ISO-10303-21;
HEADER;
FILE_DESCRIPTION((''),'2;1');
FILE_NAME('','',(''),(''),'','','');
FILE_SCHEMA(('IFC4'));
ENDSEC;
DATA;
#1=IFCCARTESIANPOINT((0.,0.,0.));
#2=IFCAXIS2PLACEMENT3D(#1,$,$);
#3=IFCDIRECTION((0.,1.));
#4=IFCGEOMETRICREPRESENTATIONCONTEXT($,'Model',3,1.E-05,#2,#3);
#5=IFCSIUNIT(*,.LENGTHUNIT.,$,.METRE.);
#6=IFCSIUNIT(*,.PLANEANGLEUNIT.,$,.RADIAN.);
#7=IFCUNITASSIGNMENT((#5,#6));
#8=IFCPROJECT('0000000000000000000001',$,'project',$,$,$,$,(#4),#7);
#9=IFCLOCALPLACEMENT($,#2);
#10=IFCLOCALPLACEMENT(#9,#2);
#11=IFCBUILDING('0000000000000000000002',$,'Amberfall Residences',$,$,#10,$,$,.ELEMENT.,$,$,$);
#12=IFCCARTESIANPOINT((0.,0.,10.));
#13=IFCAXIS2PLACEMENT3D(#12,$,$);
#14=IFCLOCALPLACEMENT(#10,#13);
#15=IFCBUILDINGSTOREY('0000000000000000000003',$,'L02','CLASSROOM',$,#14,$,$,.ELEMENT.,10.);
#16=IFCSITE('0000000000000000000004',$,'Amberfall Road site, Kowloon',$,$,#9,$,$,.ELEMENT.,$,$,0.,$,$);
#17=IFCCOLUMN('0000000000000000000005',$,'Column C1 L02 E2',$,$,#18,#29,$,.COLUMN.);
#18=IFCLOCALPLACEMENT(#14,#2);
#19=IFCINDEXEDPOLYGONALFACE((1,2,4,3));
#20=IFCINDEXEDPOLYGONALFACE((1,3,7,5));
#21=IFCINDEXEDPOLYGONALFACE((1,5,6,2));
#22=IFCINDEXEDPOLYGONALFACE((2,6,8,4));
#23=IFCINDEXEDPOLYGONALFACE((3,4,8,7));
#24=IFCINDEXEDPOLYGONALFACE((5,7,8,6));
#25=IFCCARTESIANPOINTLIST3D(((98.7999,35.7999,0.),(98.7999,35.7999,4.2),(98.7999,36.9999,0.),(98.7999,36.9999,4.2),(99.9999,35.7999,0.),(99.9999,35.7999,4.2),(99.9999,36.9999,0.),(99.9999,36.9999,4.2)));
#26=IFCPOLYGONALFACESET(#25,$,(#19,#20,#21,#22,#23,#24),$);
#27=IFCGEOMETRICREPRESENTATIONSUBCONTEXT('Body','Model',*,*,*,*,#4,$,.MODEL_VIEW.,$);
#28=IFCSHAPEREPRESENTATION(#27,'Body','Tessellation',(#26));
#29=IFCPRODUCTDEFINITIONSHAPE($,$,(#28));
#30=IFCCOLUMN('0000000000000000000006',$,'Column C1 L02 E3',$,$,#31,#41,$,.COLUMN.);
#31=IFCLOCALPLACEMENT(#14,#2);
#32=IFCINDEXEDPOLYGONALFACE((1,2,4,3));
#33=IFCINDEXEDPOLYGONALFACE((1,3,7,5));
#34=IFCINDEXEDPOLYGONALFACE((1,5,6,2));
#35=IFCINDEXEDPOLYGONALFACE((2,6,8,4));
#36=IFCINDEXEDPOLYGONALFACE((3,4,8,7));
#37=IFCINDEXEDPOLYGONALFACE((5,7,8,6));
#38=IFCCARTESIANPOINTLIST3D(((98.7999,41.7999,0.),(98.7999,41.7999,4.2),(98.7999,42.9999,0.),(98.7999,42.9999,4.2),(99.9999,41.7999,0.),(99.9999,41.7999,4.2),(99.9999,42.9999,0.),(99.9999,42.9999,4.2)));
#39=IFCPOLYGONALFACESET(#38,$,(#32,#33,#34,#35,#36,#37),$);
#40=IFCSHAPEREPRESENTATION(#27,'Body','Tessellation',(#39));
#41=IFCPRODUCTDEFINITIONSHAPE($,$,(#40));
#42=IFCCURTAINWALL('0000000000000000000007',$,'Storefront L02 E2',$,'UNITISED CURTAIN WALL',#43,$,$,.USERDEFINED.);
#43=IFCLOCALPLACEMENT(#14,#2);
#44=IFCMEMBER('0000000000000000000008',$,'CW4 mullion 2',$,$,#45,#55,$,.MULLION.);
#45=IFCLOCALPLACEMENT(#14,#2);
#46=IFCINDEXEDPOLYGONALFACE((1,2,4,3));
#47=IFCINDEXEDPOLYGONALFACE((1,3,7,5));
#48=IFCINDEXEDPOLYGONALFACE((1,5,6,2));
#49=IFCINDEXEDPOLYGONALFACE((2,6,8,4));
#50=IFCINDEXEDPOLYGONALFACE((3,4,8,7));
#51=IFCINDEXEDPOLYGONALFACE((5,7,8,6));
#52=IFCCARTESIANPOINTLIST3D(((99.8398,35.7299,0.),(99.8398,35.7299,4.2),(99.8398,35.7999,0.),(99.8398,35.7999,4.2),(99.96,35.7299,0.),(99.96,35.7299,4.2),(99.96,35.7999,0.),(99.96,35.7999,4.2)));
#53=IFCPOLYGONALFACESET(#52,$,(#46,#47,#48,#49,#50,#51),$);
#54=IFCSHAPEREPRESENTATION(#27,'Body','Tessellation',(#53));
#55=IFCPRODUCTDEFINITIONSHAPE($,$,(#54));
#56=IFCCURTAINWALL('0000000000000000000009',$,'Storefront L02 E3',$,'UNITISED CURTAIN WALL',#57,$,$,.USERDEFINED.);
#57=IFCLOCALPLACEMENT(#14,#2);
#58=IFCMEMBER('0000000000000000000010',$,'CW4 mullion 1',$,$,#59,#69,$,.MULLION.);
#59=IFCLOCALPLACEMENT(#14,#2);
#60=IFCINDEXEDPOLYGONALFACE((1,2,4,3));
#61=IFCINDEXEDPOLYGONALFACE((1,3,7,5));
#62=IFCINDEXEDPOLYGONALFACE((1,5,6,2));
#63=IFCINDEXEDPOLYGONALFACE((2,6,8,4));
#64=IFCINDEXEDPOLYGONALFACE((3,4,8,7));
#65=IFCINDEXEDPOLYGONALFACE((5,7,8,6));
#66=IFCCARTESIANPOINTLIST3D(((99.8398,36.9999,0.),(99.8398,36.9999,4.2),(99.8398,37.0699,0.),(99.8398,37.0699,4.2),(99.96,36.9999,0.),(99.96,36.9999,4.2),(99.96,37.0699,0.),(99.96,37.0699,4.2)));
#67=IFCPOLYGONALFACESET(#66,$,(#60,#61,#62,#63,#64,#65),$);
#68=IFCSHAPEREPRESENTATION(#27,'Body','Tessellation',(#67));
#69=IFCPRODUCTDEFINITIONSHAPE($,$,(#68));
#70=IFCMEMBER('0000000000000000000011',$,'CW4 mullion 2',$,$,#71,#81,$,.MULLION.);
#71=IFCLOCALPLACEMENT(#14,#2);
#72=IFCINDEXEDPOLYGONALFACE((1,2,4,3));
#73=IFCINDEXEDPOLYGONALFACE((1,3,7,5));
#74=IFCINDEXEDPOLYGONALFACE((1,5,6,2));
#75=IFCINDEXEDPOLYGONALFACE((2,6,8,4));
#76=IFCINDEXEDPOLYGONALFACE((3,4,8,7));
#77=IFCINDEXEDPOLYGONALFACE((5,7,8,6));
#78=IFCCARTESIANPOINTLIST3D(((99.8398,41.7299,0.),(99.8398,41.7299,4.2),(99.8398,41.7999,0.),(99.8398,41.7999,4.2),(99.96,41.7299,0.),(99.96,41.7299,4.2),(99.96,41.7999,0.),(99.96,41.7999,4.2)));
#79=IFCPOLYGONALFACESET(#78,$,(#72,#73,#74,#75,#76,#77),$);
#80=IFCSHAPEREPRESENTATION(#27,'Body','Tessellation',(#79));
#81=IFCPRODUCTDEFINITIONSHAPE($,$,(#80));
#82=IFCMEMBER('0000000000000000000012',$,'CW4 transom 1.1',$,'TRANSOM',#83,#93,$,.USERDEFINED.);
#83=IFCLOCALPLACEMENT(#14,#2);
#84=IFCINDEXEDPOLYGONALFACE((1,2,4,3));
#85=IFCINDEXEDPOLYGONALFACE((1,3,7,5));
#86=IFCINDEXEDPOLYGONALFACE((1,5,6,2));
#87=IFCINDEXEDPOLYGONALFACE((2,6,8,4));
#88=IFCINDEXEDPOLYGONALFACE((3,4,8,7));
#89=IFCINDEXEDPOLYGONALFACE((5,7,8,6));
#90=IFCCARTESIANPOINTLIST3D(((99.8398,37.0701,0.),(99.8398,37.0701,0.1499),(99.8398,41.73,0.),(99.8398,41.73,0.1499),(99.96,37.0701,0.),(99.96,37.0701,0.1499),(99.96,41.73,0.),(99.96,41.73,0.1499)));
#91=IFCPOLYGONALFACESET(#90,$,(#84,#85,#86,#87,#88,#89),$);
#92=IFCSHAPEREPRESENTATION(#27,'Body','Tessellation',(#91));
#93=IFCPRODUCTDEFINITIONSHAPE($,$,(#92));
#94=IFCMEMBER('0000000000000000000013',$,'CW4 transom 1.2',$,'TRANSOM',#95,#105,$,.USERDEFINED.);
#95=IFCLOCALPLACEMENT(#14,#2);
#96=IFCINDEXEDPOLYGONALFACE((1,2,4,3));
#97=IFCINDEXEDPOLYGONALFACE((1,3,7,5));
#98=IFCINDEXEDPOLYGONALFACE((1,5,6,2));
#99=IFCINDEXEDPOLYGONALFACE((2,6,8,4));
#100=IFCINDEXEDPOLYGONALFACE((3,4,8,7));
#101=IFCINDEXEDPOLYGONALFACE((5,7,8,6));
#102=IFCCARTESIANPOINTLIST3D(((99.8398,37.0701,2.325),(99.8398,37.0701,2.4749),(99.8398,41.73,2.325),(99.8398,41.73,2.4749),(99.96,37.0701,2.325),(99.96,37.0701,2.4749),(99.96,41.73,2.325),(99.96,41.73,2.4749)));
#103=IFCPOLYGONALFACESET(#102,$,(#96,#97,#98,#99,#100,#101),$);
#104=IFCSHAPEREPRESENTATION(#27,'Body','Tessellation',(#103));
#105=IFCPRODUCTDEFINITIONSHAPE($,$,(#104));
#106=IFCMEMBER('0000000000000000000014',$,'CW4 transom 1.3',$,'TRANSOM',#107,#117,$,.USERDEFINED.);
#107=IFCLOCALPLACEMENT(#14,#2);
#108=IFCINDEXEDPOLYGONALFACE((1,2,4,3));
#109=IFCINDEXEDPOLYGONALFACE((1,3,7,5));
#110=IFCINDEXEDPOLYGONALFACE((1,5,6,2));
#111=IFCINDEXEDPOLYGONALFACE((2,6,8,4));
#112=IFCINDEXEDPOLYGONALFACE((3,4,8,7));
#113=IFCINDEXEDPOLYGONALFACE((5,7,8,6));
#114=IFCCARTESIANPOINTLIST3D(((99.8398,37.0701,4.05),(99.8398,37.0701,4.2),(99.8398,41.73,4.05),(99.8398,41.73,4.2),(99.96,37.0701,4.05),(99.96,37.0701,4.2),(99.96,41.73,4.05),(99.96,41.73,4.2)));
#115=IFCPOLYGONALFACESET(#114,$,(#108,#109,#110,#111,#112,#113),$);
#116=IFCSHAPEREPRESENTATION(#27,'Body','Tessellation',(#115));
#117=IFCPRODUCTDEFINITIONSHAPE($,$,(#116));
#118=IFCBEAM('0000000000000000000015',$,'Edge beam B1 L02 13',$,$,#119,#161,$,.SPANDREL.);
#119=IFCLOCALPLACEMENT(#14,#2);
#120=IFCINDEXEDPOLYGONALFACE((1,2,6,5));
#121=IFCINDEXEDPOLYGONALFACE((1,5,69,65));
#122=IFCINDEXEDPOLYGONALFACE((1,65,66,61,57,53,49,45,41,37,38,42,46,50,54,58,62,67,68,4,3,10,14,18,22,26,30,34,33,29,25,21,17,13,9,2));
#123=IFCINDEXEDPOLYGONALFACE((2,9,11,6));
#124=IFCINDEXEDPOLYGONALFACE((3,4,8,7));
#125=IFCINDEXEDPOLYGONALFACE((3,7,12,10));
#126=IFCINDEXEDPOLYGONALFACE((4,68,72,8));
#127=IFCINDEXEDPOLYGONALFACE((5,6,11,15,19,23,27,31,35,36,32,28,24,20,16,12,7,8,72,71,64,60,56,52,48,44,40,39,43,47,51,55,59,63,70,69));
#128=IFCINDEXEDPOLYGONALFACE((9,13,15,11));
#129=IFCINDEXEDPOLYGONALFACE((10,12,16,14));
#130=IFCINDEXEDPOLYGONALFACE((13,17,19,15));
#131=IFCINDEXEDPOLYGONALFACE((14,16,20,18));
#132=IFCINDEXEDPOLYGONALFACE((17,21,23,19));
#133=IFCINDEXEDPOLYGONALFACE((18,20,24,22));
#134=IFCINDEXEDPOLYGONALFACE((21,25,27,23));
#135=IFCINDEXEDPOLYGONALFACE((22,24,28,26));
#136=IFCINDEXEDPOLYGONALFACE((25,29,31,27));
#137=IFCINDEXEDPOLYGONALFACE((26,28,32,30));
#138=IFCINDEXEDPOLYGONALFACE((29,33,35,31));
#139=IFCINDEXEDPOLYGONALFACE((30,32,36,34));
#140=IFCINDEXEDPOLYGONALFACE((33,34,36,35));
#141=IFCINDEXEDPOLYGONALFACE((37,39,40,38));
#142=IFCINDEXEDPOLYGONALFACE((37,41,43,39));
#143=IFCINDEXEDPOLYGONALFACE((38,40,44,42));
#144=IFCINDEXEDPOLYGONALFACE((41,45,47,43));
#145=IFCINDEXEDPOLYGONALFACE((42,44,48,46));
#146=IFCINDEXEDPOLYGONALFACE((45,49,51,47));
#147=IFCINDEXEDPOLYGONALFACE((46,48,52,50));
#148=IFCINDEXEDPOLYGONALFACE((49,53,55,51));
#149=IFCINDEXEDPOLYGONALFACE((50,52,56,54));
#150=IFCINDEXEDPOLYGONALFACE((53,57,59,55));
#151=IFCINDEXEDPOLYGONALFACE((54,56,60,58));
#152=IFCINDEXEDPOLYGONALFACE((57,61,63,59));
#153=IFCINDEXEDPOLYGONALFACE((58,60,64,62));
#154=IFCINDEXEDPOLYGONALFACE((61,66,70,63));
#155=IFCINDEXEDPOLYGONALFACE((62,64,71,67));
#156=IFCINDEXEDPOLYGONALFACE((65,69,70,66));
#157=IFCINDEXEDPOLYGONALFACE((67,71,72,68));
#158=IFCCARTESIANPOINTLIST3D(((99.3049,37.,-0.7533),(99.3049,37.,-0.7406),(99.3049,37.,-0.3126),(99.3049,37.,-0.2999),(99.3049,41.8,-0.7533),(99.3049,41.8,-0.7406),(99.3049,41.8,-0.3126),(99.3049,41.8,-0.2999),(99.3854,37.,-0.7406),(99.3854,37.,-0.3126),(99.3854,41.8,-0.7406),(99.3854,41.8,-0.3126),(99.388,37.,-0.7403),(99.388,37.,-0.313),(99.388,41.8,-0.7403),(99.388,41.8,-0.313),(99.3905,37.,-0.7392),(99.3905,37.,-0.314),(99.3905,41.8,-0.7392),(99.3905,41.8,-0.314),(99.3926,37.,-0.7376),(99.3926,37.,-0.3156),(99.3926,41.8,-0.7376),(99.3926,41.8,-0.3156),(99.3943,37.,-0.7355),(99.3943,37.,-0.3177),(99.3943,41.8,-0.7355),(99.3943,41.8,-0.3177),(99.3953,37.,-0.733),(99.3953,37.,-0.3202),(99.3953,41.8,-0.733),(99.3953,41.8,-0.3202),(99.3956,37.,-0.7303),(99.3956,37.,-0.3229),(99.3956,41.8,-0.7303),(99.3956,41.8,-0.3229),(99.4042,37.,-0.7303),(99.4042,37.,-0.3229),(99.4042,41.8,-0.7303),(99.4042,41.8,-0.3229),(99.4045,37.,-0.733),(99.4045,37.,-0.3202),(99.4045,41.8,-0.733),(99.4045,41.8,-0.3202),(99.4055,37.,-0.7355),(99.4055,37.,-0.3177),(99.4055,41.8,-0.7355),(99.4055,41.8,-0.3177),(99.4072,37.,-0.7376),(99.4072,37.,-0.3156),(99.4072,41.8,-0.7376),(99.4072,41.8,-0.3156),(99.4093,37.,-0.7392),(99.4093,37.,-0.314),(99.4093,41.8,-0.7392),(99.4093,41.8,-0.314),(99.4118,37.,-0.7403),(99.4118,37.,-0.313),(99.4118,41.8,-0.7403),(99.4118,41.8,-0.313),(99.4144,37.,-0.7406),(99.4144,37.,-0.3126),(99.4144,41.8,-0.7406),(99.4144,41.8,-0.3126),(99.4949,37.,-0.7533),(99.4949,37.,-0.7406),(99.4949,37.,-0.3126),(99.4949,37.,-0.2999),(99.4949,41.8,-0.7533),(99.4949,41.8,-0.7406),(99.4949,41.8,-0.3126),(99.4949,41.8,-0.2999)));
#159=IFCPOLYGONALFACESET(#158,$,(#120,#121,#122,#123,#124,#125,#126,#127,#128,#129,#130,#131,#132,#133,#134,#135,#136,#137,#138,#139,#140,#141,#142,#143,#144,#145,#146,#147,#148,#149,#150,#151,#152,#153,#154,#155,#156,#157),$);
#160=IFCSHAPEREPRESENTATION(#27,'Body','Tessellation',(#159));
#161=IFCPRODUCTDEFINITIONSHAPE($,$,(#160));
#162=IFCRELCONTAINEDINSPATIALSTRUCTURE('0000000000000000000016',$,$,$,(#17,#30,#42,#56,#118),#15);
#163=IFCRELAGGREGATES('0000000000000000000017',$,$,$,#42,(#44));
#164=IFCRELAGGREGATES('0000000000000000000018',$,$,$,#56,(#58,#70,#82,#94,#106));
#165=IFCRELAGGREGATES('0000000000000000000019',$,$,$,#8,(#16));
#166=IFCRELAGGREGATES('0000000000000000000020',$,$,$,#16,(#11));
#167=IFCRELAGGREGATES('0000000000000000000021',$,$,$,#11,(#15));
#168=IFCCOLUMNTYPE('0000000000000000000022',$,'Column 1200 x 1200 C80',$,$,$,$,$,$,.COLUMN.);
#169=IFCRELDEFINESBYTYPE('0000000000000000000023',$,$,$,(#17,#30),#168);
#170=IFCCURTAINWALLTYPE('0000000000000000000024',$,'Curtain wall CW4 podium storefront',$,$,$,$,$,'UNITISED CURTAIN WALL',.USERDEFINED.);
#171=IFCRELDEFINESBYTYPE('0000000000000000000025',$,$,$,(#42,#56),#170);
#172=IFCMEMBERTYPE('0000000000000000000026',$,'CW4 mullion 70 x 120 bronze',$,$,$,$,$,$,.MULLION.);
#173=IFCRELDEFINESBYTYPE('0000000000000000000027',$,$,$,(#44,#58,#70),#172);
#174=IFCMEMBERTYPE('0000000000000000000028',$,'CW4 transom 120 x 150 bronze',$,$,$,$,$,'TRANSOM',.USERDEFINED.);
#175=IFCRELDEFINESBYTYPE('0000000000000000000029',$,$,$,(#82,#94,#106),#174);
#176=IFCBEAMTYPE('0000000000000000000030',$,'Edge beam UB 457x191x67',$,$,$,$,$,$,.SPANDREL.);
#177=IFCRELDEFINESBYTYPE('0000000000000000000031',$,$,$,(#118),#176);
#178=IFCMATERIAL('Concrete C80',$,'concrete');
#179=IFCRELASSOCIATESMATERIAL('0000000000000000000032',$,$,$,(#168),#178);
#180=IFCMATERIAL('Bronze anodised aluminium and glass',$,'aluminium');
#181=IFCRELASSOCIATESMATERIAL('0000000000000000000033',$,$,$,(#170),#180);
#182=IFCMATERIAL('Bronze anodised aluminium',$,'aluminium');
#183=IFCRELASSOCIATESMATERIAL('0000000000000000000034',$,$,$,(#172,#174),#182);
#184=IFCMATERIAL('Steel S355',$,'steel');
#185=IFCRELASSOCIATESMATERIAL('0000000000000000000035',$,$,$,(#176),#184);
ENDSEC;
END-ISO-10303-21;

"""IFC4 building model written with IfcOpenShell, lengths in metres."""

from ifc_helpers import new_model, si_unit, direction, frame, origin, origin_2d, place, context, subcontext, project, spatial, rectangle, i_section, extrude, material, material_profile, profile_set, type_object, element, aggregate, save


model = new_model("IFC4")

# Units and contexts
model_context = context("Model", 3, precision=1e-05, world=origin(), true_north=direction((0.0, 1.0)))
body_context = subcontext(model_context, "Body", "Model", "MODEL_VIEW")
ifc_project = project(units=[si_unit("LENGTHUNIT", "METRE"), si_unit("PLANEANGLEUNIT", "RADIAN")], contexts=[model_context])

# Site, building, storey
site_placement = place(None, origin())
site = spatial("IfcSite", under=ifc_project, at=site_placement, Name="Amberfall Road site, Kowloon", CompositionType="ELEMENT", RefElevation=0.0)
building_placement = place(site_placement, origin())
building = spatial("IfcBuilding", under=site, at=building_placement, Name="Amberfall Residences", CompositionType="ELEMENT")
storey_placement = place(building_placement, frame((0.0, 0.0, 10.0)))
storey = spatial("IfcBuildingStorey", under=building, at=storey_placement, Name="L02", Description="CLASSROOM", CompositionType="ELEMENT", Elevation=10.0)

# Columns
ifc_material_1 = material(Name="Concrete C80", Category="concrete")
ifc_material_profile_1 = material_profile(ifc_material_1, rectangle(XDim=1.2, YDim=1.2, at=origin_2d()), Name="Column 1200 x 1200 C80")
ifc_profile_set_1 = profile_set([ifc_material_profile_1], Name="Concrete C80")
column_type = type_object("IfcColumnType", Name="Column 1200 x 1200 C80", PredefinedType="COLUMN", material=ifc_profile_set_1)
for number, where, z_axis, x_axis, name in (
    (1, (99.3999, 36.3999, 0.0), (0.0, 0.0, 1.0), (1.0, 0.0, 0.0), "Column C1 L02 E2"),
    (2, (99.3999, 42.3999, 0.0), (0.0, 0.0, 1.0), (1.0, 0.0, 0.0), "Column C1 L02 E3"),
):
    element("IfcColumn", number, at=place(storey_placement, frame(where, z_axis=z_axis, x_axis=x_axis)), inside=storey, type_object=column_type, Name=name, PredefinedType="COLUMN", context=body_context, shape_type="SweptSolid", body=[
        extrude(rectangle(XDim=1.2, YDim=1.2, at=origin_2d()), origin(), (0.0, 0.0, 1.0), 4.2),
    ])

# Curtain wall, member
ifc_material_2 = material(Name="Bronze anodised aluminium and glass", Category="aluminium")
curtain_wall_type = type_object("IfcCurtainWallType", Name="Curtain wall CW4 podium storefront", ElementType="UNITISED CURTAIN WALL", PredefinedType="USERDEFINED", material=ifc_material_2)
curtain_wall_1_placement = place(storey_placement, origin())
curtain_wall_1 = element("IfcCurtainWall", 3, at=curtain_wall_1_placement, inside=storey, type_object=curtain_wall_type, Name="Storefront L02 E2", ObjectType="UNITISED CURTAIN WALL", PredefinedType="USERDEFINED")
ifc_material_3 = material(Name="Bronze anodised aluminium", Category="aluminium")
ifc_material_profile_2 = material_profile(ifc_material_3, rectangle(XDim=0.1201, YDim=0.0701, at=origin_2d()), Name="CW4 mullion 70 x 120 bronze")
ifc_profile_set_2 = profile_set([ifc_material_profile_2], Name="Bronze anodised aluminium")
member_type_1 = type_object("IfcMemberType", Name="CW4 mullion 70 x 120 bronze", PredefinedType="MULLION", material=ifc_profile_set_2)
member_1_placement = place(storey_placement, frame((99.8999, 35.7649, 0.0), z_axis=(0.0, 0.0, 1.0), x_axis=(-1.0, 0.0, 0.0)))
member_1 = element("IfcMember", 4, at=member_1_placement, type_object=member_type_1, Name="CW4 mullion 2", PredefinedType="MULLION", context=body_context, shape_type="SweptSolid", body=[
    extrude(rectangle(XDim=0.1201, YDim=0.0701, at=origin_2d()), origin(), (0.0, 0.0, 1.0), 4.2),
])

# Curtain wall, members
curtain_wall_2_placement = place(storey_placement, origin())
curtain_wall_2 = element("IfcCurtainWall", 5, at=curtain_wall_2_placement, inside=storey, type_object=curtain_wall_type, Name="Storefront L02 E3", ObjectType="UNITISED CURTAIN WALL", PredefinedType="USERDEFINED")
member_2_placement = place(storey_placement, frame((99.8999, 37.0349, 0.0), z_axis=(0.0, 0.0, 1.0), x_axis=(-1.0, 0.0, 0.0)))
member_2 = element("IfcMember", 6, at=member_2_placement, type_object=member_type_1, Name="CW4 mullion 1", PredefinedType="MULLION", context=body_context, shape_type="SweptSolid", body=[
    extrude(rectangle(XDim=0.1201, YDim=0.0701, at=origin_2d()), origin(), (0.0, 0.0, 1.0), 4.2),
])
member_3_placement = place(storey_placement, frame((99.8999, 41.7649, 0.0), z_axis=(0.0, 0.0, 1.0), x_axis=(-1.0, 0.0, 0.0)))
member_3 = element("IfcMember", 7, at=member_3_placement, type_object=member_type_1, Name="CW4 mullion 2", PredefinedType="MULLION", context=body_context, shape_type="SweptSolid", body=[
    extrude(rectangle(XDim=0.1201, YDim=0.0701, at=origin_2d()), origin(), (0.0, 0.0, 1.0), 4.2),
])
ifc_material_profile_3 = material_profile(ifc_material_3, rectangle(XDim=0.1201, YDim=0.1499, at=origin_2d()), Name="CW4 transom 120 x 150 bronze")
ifc_profile_set_3 = profile_set([ifc_material_profile_3], Name="Bronze anodised aluminium")
member_type_2 = type_object("IfcMemberType", Name="CW4 transom 120 x 150 bronze", ElementType="TRANSOM", PredefinedType="USERDEFINED", material=ifc_profile_set_3)
member_4_placement = place(storey_placement, frame((99.8999, 37.0701, 0.075), z_axis=(0.0, 1.0, 0.0), x_axis=(-1.0, 0.0, 0.0)))
member_4 = element("IfcMember", 8, at=member_4_placement, type_object=member_type_2, Name="CW4 transom 1.1", ObjectType="TRANSOM", PredefinedType="USERDEFINED", context=body_context, shape_type="SweptSolid", body=[
    extrude(rectangle(XDim=0.1201, YDim=0.1499, at=origin_2d()), origin(), (0.0, 0.0, 1.0), 4.6599),
])
member_5_placement = place(storey_placement, frame((99.8999, 37.0701, 2.3999), z_axis=(0.0, 1.0, 0.0), x_axis=(-1.0, 0.0, 0.0)))
member_5 = element("IfcMember", 9, at=member_5_placement, type_object=member_type_2, Name="CW4 transom 1.2", ObjectType="TRANSOM", PredefinedType="USERDEFINED", context=body_context, shape_type="SweptSolid", body=[
    extrude(rectangle(XDim=0.1201, YDim=0.1499, at=origin_2d()), origin(), (0.0, 0.0, 1.0), 4.6599),
])
member_6_placement = place(storey_placement, frame((99.8999, 37.0701, 4.125), z_axis=(0.0, 1.0, 0.0), x_axis=(-1.0, 0.0, 0.0)))
member_6 = element("IfcMember", 10, at=member_6_placement, type_object=member_type_2, Name="CW4 transom 1.3", ObjectType="TRANSOM", PredefinedType="USERDEFINED", context=body_context, shape_type="SweptSolid", body=[
    extrude(rectangle(XDim=0.1201, YDim=0.1499, at=origin_2d()), origin(), (0.0, 0.0, 1.0), 4.6599),
])

# Beam
ifc_material_4 = material(Name="Steel S355", Category="steel")
ifc_material_profile_4 = material_profile(ifc_material_4, i_section(OverallWidth=0.1899, OverallDepth=0.4534, WebThickness=0.0085, FlangeThickness=0.0127, FilletRadius=0.0103, at=origin_2d()), Name="UB 457x191x67")
ifc_profile_set_4 = profile_set([ifc_material_profile_4], Name="Steel S355")
beam_type_1 = type_object("IfcBeamType", Name="Edge beam UB 457x191x67", PredefinedType="SPANDREL", material=ifc_profile_set_4)
beam_placement = place(storey_placement, frame((99.3999, 37.0, -0.5266), z_axis=(0.0, 1.0, 0.0), x_axis=(-1.0, 0.0, 0.0)))
element("IfcBeam", 11, at=beam_placement, inside=storey, type_object=beam_type_1, Name="Edge beam B1 L02 13", PredefinedType="SPANDREL", context=body_context, shape_type="SweptSolid", body=[
    extrude(i_section(OverallWidth=0.1899, OverallDepth=0.4534, WebThickness=0.0085, FlangeThickness=0.0127, FilletRadius=0.0103, at=origin_2d()), origin(), (0.0, 0.0, 1.0), 4.8),
])

aggregate(curtain_wall_1, [member_1])
aggregate(curtain_wall_2, [member_2, member_3, member_4, member_5, member_6])

save(model, "model.ifc")
